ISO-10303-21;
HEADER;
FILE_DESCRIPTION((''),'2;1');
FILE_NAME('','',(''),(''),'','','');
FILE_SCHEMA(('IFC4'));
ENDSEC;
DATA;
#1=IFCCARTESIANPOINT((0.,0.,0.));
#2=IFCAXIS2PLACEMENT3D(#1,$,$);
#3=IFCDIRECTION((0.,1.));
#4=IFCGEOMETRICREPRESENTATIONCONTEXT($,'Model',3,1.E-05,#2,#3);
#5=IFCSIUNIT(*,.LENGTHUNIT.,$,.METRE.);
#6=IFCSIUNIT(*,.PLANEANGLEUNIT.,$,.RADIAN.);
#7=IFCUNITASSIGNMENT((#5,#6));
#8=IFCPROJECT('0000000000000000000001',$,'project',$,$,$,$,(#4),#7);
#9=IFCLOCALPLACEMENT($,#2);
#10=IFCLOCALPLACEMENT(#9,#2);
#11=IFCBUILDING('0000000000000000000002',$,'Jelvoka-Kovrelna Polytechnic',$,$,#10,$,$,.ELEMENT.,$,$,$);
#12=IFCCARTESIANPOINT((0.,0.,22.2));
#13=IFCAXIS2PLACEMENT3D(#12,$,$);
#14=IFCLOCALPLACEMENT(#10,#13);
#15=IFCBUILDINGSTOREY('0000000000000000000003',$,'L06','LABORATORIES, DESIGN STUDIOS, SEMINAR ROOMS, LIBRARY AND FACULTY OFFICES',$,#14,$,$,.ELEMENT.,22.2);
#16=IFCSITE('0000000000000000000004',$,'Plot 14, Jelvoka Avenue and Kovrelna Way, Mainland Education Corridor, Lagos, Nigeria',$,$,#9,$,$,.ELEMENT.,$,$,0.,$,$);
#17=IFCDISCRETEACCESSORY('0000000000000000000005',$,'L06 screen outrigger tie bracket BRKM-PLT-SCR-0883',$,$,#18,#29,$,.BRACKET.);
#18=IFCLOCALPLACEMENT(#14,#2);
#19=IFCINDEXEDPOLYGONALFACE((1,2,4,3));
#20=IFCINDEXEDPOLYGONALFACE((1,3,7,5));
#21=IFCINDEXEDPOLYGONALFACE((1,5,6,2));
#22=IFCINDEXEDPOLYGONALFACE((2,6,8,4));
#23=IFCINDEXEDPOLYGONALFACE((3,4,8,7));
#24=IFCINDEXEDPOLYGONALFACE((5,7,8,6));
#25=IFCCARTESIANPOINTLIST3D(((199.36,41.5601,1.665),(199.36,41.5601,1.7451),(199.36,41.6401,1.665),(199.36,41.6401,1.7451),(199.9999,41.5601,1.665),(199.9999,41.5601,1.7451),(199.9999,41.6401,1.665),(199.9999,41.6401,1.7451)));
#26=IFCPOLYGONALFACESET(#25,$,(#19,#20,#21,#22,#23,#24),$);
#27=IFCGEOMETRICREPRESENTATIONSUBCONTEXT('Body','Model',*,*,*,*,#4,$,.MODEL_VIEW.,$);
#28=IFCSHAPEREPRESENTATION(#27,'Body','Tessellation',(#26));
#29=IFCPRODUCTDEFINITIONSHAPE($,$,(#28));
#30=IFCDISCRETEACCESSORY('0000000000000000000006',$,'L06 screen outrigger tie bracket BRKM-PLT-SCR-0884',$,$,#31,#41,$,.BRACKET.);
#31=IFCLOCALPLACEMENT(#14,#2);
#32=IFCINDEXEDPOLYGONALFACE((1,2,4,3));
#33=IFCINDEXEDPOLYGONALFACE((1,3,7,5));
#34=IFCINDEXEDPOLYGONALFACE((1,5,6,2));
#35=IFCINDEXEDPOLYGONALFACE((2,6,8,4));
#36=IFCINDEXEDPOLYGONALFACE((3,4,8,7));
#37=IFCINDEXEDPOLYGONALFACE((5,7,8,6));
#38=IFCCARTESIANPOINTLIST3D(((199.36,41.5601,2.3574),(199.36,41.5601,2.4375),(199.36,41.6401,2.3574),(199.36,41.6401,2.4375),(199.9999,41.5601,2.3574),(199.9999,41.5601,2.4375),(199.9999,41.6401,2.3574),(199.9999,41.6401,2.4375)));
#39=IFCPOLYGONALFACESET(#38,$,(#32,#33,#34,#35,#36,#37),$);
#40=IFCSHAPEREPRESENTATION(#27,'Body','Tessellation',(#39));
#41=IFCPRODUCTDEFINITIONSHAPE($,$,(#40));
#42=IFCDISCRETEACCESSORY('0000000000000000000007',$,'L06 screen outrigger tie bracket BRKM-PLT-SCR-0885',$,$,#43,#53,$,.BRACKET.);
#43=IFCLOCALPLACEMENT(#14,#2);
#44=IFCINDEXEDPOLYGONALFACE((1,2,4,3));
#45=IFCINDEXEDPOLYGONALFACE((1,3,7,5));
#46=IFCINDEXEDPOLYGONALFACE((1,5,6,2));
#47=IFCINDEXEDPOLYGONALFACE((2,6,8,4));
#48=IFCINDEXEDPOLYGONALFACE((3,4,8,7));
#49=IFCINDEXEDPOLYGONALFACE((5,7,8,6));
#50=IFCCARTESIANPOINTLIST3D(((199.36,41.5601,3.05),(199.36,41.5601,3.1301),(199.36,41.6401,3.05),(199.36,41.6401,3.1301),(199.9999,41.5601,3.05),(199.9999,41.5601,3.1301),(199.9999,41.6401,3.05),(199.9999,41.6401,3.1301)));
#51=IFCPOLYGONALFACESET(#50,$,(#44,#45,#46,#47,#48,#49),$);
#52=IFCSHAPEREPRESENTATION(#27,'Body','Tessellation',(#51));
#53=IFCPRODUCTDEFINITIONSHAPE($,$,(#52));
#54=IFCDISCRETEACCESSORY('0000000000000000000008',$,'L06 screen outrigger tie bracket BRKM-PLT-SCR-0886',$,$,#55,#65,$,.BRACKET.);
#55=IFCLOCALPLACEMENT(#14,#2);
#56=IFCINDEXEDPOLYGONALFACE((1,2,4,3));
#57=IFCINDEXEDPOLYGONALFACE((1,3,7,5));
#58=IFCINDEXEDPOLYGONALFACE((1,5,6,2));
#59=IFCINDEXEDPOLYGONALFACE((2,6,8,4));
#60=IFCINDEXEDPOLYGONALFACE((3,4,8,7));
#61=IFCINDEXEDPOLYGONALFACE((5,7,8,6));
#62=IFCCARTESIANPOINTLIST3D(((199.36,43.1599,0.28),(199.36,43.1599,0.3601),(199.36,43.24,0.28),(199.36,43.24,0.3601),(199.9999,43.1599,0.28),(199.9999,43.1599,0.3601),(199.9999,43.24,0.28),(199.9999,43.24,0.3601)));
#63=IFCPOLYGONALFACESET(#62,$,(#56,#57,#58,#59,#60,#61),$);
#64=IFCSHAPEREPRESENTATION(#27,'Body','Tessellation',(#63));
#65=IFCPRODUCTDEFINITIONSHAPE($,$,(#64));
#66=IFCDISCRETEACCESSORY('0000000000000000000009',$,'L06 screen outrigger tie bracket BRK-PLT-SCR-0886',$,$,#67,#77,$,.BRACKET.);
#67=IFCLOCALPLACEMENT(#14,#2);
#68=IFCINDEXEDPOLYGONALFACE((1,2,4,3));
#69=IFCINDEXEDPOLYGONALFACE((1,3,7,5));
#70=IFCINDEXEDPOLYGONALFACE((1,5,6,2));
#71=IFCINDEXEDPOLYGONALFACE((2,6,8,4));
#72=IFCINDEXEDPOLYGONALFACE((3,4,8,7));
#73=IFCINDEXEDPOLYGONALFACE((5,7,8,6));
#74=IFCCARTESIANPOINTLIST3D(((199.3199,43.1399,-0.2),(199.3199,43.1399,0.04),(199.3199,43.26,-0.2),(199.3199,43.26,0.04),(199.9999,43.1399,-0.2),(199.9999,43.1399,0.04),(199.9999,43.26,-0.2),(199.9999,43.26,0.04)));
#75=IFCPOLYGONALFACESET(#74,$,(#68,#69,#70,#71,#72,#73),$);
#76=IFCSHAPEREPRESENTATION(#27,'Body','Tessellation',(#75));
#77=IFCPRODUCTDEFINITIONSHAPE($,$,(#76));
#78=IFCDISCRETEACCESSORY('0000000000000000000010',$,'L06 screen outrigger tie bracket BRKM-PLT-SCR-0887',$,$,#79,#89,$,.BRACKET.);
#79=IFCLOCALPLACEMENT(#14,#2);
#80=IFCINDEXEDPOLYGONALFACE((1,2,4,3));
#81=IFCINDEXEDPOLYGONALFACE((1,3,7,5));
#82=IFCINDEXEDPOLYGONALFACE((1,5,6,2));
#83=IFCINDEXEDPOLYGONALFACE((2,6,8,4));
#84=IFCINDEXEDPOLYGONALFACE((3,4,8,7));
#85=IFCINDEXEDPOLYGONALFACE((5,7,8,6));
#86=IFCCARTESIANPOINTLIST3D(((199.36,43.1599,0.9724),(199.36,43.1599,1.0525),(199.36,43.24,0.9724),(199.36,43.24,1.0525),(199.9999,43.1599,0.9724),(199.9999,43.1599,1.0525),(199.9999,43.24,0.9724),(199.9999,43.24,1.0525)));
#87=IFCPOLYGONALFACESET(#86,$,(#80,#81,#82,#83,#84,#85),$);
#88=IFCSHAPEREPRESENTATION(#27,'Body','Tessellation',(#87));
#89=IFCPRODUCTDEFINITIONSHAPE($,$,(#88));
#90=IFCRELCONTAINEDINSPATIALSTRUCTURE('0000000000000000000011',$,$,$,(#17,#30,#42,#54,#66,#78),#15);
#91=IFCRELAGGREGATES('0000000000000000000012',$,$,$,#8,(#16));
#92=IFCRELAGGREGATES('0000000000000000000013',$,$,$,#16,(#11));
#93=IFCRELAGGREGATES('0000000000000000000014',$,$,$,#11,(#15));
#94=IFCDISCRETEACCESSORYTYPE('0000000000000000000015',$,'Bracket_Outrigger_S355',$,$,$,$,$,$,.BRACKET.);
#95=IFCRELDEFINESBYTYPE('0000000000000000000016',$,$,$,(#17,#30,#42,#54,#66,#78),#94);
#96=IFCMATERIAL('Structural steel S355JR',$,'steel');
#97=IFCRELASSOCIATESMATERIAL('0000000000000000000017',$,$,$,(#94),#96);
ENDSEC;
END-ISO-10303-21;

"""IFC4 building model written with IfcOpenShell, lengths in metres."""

from ifc_helpers import new_model, si_unit, direction, frame, origin, origin_2d, place, context, subcontext, project, spatial, rectangle, extrude, material, type_object, element, save


model = new_model("IFC4")

# Units and contexts
model_context = context("Model", 3, precision=1e-05, world=origin(), true_north=direction((0.0, 1.0)))
body_context = subcontext(model_context, "Body", "Model", "MODEL_VIEW")
ifc_project = project(units=[si_unit("LENGTHUNIT", "METRE"), si_unit("PLANEANGLEUNIT", "RADIAN")], contexts=[model_context])

# Site, building, storey
site_placement = place(None, origin())
site = spatial("IfcSite", under=ifc_project, at=site_placement, Name="Plot 14, Jelvoka Avenue and Kovrelna Way, Mainland Education Corridor, Lagos, Nigeria", CompositionType="ELEMENT", RefElevation=0.0)
building_placement = place(site_placement, origin())
building = spatial("IfcBuilding", under=site, at=building_placement, Name="Jelvoka-Kovrelna Polytechnic", CompositionType="ELEMENT")
storey_placement = place(building_placement, frame((0.0, 0.0, 22.2)))
storey = spatial("IfcBuildingStorey", under=building, at=storey_placement, Name="L06", Description="LABORATORIES, DESIGN STUDIOS, SEMINAR ROOMS, LIBRARY AND FACULTY OFFICES", CompositionType="ELEMENT", Elevation=22.2)

# Discrete accessories
ifc_material_1 = material(Name="Structural steel S355JR", Category="steel")
discrete_accessory_type = type_object("IfcDiscreteAccessoryType", Name="Bracket_Outrigger_S355", PredefinedType="BRACKET", material=ifc_material_1)
for number, where, z_axis, x_axis, name in (
    (1, (199.6799, 41.6001, 1.665), (0.0, 0.0, 1.0), (1.0, 0.0, 0.0), "L06 screen outrigger tie bracket BRKM-PLT-SCR-0883"),
    (2, (199.6799, 41.6001, 2.3574), (0.0, 0.0, 1.0), (1.0, 0.0, 0.0), "L06 screen outrigger tie bracket BRKM-PLT-SCR-0884"),
    (3, (199.6799, 41.6001, 3.05), (0.0, 0.0, 1.0), (1.0, 0.0, 0.0), "L06 screen outrigger tie bracket BRKM-PLT-SCR-0885"),
    (4, (199.6799, 43.2, 0.28), (0.0, 0.0, 1.0), (1.0, 0.0, 0.0), "L06 screen outrigger tie bracket BRKM-PLT-SCR-0886"),
):
    element("IfcDiscreteAccessory", number, at=place(storey_placement, frame(where, z_axis=z_axis, x_axis=x_axis)), inside=storey, type_object=discrete_accessory_type, Name=name, PredefinedType="BRACKET", context=body_context, shape_type="SweptSolid", body=[
        extrude(rectangle(XDim=0.6399, YDim=0.0801, at=origin_2d()), origin(), (0.0, 0.0, 1.0), 0.0801),
    ])
discrete_accessory_1_placement = place(storey_placement, frame((199.6599, 43.2, -0.2), z_axis=(0.0, 0.0, 1.0), x_axis=(1.0, 0.0, 0.0)))
element("IfcDiscreteAccessory", 5, at=discrete_accessory_1_placement, inside=storey, type_object=discrete_accessory_type, Name="L06 screen outrigger tie bracket BRK-PLT-SCR-0886", PredefinedType="BRACKET", context=body_context, shape_type="SweptSolid", body=[
    extrude(rectangle(XDim=0.6799, YDim=0.1201, at=origin_2d()), origin(), (0.0, 0.0, 1.0), 0.24),
])
discrete_accessory_2_placement = place(storey_placement, frame((199.6799, 43.2, 0.9724), z_axis=(0.0, 0.0, 1.0), x_axis=(1.0, 0.0, 0.0)))
element("IfcDiscreteAccessory", 6, at=discrete_accessory_2_placement, inside=storey, type_object=discrete_accessory_type, Name="L06 screen outrigger tie bracket BRKM-PLT-SCR-0887", PredefinedType="BRACKET", context=body_context, shape_type="SweptSolid", body=[
    extrude(rectangle(XDim=0.6399, YDim=0.0801, at=origin_2d()), origin(), (0.0, 0.0, 1.0), 0.0801),
])

save(model, "model.ifc")
